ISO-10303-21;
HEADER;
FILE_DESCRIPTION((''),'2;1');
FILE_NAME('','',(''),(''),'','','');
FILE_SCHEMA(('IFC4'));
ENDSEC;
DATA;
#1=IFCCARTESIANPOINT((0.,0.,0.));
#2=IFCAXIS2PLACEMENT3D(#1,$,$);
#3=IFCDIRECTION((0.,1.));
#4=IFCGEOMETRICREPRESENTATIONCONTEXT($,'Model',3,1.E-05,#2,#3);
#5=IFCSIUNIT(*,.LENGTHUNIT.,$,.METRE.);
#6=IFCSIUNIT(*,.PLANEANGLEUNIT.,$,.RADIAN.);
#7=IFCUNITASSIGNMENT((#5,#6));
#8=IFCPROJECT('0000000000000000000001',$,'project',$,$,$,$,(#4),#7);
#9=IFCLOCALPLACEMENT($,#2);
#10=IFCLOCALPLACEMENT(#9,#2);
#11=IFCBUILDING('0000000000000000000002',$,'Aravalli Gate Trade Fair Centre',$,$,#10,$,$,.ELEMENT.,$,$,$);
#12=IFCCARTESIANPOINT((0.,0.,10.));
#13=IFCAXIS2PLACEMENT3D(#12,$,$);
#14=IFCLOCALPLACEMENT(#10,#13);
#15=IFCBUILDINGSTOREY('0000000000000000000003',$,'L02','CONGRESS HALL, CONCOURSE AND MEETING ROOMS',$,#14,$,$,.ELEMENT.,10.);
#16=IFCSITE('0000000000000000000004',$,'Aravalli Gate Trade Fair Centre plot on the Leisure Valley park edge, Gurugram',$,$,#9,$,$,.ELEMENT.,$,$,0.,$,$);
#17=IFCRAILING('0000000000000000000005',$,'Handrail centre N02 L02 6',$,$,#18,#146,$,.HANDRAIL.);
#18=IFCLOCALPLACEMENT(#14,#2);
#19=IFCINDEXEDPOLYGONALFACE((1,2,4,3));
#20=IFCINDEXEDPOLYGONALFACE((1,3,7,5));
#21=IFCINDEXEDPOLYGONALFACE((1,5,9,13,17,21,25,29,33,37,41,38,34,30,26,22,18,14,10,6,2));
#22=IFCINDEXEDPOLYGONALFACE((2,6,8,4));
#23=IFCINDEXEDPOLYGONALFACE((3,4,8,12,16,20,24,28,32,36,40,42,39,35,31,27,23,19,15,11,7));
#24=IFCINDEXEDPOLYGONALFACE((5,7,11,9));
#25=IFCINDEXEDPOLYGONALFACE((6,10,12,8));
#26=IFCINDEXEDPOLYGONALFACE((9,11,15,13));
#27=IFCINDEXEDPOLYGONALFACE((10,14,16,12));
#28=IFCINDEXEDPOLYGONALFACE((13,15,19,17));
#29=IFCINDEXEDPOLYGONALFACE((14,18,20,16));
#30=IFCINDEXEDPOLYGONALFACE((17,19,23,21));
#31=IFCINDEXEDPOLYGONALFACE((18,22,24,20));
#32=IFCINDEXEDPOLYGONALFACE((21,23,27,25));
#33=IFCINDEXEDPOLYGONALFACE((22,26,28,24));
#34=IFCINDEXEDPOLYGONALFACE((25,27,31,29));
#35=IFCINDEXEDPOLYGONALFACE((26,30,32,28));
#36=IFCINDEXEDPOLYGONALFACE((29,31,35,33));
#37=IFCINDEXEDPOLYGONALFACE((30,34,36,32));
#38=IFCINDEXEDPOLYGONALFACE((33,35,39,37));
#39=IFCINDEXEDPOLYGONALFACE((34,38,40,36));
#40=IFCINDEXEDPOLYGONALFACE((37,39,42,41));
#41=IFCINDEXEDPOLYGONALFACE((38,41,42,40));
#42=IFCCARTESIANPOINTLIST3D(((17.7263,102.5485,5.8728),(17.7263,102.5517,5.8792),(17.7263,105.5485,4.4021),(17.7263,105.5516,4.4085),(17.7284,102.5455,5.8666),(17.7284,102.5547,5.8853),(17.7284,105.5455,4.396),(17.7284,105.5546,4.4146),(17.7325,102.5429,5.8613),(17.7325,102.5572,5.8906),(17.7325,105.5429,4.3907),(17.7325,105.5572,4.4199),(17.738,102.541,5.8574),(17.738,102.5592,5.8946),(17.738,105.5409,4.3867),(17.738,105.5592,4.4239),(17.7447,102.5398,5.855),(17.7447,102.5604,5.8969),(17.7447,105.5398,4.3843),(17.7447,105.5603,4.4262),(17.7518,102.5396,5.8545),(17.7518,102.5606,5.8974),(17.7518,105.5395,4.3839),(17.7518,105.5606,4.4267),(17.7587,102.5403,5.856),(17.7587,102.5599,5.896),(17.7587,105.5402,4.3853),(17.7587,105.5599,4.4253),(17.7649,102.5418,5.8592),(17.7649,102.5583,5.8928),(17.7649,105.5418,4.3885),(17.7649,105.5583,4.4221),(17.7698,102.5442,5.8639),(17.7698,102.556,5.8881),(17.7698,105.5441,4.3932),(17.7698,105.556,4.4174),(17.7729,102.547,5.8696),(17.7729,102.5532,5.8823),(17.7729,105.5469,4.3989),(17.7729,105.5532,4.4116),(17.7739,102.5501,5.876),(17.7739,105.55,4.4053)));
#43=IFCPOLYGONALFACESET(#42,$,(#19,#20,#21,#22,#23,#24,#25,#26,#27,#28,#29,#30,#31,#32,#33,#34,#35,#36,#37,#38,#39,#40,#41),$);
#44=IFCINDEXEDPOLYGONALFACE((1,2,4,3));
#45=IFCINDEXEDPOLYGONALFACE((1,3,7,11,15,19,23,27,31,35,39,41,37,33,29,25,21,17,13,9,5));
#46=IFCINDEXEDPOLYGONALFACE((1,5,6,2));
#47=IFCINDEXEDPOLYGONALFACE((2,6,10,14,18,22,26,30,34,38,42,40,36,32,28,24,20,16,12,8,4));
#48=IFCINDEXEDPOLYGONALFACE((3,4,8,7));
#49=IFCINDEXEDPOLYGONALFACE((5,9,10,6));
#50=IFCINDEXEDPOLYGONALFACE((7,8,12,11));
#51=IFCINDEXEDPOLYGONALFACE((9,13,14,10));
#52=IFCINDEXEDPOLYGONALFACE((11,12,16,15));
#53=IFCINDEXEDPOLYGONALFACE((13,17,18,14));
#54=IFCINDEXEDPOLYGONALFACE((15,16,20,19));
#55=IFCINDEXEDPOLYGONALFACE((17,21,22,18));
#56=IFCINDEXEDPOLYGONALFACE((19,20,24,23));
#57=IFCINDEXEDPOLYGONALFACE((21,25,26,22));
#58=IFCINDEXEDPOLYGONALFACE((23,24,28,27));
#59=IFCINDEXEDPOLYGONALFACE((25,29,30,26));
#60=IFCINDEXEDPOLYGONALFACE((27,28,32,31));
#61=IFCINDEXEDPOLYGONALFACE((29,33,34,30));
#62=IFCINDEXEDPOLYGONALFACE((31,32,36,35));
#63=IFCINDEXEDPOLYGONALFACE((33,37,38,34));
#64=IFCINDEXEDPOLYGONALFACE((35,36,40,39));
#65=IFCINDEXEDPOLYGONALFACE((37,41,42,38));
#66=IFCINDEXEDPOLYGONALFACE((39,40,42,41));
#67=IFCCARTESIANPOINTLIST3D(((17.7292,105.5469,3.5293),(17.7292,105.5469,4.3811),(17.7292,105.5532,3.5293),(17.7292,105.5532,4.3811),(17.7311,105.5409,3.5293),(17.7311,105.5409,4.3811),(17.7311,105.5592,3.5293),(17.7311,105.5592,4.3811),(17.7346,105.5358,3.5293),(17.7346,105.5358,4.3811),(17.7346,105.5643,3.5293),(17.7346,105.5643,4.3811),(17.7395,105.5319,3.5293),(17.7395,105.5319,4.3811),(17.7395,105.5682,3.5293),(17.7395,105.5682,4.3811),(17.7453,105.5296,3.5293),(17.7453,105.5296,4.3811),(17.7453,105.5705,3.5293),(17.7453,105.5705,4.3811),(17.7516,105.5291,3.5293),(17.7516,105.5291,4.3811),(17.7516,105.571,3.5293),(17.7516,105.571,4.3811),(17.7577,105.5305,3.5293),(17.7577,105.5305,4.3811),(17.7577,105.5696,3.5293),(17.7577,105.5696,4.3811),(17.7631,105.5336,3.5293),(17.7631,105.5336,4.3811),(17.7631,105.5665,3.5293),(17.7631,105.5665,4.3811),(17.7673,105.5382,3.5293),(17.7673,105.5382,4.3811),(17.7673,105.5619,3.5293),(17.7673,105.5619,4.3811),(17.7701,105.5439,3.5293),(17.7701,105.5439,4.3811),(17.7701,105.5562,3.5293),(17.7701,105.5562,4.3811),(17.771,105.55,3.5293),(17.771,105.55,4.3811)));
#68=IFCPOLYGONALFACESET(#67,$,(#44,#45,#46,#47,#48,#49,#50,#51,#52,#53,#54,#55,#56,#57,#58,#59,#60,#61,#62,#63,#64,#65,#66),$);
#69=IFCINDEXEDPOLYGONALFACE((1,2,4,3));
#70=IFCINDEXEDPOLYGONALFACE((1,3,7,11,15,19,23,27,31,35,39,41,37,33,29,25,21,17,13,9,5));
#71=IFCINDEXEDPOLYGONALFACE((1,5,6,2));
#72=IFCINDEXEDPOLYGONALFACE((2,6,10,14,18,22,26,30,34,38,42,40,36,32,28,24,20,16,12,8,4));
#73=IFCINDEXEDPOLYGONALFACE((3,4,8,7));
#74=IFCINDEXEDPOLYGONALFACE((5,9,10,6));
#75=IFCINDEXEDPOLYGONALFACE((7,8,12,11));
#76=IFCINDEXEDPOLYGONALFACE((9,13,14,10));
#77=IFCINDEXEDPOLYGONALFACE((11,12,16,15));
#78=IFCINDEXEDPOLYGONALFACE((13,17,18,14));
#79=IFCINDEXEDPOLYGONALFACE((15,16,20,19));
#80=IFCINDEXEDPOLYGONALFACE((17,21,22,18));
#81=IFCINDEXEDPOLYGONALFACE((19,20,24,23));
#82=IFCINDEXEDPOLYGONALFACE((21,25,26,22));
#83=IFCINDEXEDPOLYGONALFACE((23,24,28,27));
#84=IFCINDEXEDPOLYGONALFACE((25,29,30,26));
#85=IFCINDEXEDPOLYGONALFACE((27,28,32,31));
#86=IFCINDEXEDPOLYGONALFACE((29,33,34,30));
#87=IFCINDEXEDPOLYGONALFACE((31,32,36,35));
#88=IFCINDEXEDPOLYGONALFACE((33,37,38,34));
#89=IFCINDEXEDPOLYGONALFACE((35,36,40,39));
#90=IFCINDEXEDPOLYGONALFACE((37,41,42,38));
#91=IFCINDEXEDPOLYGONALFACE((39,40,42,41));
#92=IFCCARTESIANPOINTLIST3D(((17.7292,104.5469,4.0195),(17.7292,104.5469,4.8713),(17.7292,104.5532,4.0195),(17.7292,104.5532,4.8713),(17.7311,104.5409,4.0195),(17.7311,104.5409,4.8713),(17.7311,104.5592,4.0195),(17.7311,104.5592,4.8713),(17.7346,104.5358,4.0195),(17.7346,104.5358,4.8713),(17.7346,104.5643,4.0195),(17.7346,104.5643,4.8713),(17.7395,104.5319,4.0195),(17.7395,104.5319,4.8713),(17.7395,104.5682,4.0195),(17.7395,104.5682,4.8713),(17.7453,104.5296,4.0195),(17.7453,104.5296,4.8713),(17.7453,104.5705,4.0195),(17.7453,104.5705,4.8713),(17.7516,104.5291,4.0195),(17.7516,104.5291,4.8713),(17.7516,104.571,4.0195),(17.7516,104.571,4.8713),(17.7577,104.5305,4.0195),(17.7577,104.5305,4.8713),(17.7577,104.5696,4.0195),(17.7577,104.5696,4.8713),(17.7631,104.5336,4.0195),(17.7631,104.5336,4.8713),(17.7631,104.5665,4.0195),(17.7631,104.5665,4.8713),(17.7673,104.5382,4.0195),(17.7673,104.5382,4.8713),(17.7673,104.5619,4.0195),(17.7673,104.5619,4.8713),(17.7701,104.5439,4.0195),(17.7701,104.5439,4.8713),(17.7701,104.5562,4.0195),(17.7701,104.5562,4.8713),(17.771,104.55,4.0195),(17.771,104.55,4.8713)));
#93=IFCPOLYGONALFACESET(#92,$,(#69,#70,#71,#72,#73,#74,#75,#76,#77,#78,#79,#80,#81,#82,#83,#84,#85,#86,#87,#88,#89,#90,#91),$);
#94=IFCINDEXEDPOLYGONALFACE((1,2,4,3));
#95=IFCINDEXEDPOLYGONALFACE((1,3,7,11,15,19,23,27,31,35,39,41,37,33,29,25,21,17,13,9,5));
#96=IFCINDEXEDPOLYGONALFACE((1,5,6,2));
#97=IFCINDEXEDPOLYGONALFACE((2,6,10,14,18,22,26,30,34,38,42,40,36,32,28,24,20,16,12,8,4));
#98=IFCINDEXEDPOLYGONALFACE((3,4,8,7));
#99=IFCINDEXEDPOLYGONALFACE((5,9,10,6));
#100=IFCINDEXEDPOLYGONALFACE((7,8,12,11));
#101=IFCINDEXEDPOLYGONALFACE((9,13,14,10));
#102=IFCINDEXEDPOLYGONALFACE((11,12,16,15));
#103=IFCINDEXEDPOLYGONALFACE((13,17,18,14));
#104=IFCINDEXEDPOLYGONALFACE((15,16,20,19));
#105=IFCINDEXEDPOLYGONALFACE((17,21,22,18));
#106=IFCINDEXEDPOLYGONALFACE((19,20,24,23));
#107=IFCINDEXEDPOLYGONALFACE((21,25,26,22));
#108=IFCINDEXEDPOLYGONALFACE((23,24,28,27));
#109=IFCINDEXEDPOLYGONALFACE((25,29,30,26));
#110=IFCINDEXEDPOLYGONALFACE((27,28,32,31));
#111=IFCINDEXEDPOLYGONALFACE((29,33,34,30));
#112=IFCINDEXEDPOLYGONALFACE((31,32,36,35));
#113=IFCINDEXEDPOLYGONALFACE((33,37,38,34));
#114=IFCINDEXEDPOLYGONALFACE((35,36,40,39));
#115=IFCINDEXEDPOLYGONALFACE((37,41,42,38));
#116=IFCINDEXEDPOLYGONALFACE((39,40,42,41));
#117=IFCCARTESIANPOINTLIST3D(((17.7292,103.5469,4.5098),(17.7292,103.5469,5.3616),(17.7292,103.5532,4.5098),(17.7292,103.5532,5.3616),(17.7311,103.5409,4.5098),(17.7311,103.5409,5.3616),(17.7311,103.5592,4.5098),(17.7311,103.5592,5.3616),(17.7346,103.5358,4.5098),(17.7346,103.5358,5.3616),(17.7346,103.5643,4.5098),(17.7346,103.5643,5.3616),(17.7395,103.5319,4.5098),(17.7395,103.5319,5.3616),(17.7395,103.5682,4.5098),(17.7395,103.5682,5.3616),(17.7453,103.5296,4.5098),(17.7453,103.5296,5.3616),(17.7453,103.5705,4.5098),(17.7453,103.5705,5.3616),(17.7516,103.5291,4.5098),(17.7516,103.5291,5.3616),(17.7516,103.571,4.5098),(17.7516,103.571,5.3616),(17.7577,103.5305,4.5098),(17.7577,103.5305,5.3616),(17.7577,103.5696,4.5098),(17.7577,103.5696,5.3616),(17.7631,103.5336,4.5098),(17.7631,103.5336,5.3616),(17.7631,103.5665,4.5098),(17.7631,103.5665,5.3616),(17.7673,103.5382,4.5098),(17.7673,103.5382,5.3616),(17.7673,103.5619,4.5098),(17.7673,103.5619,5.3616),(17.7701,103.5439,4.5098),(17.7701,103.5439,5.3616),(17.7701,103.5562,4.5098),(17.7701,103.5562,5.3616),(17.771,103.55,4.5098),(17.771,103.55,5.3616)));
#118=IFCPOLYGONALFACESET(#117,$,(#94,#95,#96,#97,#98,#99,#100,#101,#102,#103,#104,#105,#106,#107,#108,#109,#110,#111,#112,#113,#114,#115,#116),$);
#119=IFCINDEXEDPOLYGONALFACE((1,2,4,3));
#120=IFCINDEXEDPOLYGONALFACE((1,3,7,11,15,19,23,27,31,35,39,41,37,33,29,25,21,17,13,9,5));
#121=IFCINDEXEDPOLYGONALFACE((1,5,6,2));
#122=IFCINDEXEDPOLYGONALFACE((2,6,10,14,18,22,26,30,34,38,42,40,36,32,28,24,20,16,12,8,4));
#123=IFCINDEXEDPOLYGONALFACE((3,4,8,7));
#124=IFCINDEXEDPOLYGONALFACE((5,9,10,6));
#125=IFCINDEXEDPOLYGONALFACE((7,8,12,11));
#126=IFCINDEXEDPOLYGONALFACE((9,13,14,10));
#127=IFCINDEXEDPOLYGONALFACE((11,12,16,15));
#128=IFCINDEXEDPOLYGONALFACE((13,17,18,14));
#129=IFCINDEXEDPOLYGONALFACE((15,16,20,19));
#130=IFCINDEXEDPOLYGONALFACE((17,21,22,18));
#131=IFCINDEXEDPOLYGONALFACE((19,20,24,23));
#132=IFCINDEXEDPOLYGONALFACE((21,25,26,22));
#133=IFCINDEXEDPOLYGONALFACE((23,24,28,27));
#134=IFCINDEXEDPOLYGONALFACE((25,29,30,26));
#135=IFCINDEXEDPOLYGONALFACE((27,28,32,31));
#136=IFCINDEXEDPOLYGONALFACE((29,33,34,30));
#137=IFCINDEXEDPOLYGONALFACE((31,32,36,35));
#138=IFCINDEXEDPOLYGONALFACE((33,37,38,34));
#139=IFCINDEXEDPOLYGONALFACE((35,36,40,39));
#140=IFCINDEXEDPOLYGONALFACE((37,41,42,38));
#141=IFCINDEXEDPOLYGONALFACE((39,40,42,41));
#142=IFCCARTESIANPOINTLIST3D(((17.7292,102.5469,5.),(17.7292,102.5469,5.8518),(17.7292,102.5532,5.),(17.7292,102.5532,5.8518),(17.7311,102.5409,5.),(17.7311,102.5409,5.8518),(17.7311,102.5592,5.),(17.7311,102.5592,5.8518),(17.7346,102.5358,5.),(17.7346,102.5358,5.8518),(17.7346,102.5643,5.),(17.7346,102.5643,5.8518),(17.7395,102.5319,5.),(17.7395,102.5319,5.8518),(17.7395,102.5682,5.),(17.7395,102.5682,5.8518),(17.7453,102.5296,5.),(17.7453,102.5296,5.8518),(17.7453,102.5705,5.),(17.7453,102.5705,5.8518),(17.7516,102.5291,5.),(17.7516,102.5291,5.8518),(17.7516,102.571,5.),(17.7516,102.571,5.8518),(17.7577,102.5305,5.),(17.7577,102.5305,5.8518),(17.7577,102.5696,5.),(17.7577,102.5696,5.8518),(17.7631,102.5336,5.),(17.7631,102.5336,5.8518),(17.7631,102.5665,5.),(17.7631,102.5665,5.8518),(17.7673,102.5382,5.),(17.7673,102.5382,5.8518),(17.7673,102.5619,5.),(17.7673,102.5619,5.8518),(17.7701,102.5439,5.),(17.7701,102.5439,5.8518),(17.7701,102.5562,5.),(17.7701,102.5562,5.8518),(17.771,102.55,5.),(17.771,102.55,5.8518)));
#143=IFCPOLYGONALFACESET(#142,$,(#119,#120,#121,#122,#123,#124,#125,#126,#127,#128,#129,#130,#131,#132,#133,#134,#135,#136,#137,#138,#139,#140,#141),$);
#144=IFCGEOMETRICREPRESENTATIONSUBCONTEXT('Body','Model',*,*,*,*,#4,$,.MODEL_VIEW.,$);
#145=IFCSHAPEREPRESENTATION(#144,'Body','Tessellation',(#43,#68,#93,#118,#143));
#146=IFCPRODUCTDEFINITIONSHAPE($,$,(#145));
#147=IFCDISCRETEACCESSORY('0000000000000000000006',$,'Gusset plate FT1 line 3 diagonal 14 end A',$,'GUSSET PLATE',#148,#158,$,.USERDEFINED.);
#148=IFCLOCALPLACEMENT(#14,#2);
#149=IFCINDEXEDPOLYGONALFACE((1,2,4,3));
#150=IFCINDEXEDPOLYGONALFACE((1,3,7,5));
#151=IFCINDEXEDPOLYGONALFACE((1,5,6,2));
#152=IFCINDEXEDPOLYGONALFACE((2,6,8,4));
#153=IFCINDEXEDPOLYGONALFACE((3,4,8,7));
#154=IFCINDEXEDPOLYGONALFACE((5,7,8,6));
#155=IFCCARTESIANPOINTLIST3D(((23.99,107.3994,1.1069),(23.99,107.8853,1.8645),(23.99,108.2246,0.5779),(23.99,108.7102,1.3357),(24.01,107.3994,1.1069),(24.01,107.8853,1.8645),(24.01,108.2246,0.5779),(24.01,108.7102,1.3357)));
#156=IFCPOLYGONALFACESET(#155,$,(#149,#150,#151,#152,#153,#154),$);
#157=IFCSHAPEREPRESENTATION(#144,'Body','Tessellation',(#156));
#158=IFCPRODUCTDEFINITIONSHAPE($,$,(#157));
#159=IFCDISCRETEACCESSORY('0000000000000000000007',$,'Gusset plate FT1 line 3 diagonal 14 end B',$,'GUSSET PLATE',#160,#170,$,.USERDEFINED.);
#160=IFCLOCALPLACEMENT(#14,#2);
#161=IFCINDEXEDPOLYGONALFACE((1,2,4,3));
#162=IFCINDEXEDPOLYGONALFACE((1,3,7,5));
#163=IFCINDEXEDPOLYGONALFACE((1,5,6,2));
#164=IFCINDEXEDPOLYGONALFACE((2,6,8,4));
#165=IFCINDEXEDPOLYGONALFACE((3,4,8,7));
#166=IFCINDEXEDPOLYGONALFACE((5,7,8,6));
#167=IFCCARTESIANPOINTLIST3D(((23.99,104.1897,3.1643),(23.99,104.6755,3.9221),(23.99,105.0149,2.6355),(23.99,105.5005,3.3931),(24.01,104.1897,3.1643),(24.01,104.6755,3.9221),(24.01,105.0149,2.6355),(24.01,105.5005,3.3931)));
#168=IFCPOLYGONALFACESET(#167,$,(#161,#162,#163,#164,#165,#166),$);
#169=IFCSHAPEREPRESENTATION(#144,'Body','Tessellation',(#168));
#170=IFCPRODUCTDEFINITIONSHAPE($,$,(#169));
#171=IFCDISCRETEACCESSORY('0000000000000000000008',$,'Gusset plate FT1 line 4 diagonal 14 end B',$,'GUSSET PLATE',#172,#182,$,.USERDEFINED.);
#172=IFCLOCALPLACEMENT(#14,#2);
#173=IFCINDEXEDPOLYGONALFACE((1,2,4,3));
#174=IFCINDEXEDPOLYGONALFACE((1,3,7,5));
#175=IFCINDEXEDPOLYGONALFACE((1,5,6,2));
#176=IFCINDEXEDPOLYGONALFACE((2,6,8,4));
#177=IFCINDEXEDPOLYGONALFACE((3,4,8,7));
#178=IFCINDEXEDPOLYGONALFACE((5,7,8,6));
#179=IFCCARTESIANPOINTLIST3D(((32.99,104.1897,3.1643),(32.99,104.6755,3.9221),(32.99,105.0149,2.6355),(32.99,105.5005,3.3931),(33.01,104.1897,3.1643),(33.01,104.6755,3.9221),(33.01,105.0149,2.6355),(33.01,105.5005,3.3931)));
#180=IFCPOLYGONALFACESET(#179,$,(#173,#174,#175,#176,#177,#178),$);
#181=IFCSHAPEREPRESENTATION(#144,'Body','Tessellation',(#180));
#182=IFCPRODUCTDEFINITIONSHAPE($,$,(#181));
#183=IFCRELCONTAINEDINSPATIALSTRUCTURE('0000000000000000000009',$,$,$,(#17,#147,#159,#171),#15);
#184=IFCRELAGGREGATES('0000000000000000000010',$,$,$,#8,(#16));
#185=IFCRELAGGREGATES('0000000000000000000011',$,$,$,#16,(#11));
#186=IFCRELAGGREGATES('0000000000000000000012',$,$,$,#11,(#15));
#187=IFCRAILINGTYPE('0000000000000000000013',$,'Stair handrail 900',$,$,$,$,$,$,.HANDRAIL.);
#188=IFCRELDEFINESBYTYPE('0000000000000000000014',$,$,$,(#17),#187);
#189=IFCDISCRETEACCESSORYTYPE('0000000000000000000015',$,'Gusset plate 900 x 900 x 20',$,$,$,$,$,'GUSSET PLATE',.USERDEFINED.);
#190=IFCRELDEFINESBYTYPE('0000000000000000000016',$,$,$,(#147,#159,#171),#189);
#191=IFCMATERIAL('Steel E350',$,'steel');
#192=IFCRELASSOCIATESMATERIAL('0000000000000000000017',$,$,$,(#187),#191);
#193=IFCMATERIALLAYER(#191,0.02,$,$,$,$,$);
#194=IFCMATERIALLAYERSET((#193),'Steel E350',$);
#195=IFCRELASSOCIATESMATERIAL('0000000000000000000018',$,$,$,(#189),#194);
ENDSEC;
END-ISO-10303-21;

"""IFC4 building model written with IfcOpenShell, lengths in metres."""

from ifc_helpers import new_model, si_unit, direction, frame, origin, origin_2d, place, context, subcontext, project, spatial, polyline, circle, outline, extrude, material, layer, layer_set, type_object, element, save


model = new_model("IFC4")

# Units and contexts
model_context = context("Model", 3, precision=1e-05, world=origin(), true_north=direction((0.0, 1.0)))
body_context = subcontext(model_context, "Body", "Model", "MODEL_VIEW")
ifc_project = project(units=[si_unit("LENGTHUNIT", "METRE"), si_unit("PLANEANGLEUNIT", "RADIAN")], contexts=[model_context])

# Site, building, storey
site_placement = place(None, origin())
site = spatial("IfcSite", under=ifc_project, at=site_placement, Name="Aravalli Gate Trade Fair Centre plot on the Leisure Valley park edge, Gurugram", CompositionType="ELEMENT", RefElevation=0.0)
building_placement = place(site_placement, origin())
building = spatial("IfcBuilding", under=site, at=building_placement, Name="Aravalli Gate Trade Fair Centre", CompositionType="ELEMENT")
storey_placement = place(building_placement, frame((0.0, 0.0, 10.0)))
storey = spatial("IfcBuildingStorey", under=building, at=storey_placement, Name="L02", Description="CONGRESS HALL, CONCOURSE AND MEETING ROOMS", CompositionType="ELEMENT", Elevation=10.0)

# Shared definitions
ifc_material_1 = material(Name="Steel E350", Category="steel")

# Railing
railing_type_1 = type_object("IfcRailingType", Name="Stair handrail 900", PredefinedType="HANDRAIL", material=ifc_material_1)
railing_1_placement = place(storey_placement, frame((17.75, 105.55, 3.5293)))
element("IfcRailing", 1, at=railing_1_placement, inside=storey, type_object=railing_type_1, Name="Handrail centre N02 L02 6", PredefinedType="HANDRAIL", context=body_context, shape_type="SweptSolid", body=[
    extrude(circle(Radius=0.0239, at=origin_2d()), frame((0.0, 0.0, 0.876), z_axis=(0.0, -0.897907, 0.440185), x_axis=(1.0, 0.0, 0.0)), (0.0, 0.0, 1.0), 3.3411),
    extrude(circle(Radius=0.021, at=origin_2d()), origin(), (0.0, 0.0, 1.0), 0.8518),
    extrude(circle(Radius=0.021, at=origin_2d()), frame((0.0, -1.0, 0.4902)), (0.0, 0.0, 1.0), 0.8518),
    extrude(circle(Radius=0.021, at=origin_2d()), frame((0.0, -2.0, 0.9805)), (0.0, 0.0, 1.0), 0.8518),
    extrude(circle(Radius=0.021, at=origin_2d()), frame((0.0, -3.0, 1.4707)), (0.0, 0.0, 1.0), 0.8518),
])

# Discrete accessories
ifc_layer_1 = layer(ifc_material_1, 0.02)
ifc_layer_set_1 = layer_set([ifc_layer_1], Name="Steel E350")
discrete_accessory_type = type_object("IfcDiscreteAccessoryType", Name="Gusset plate 900 x 900 x 20", ElementType="GUSSET PLATE", PredefinedType="USERDEFINED", material=ifc_layer_set_1)
discrete_accessory_placement = place(storey_placement, frame((24.01, 107.3994, 1.1069), z_axis=(1.0, 0.0, 0.0), x_axis=(0.0, 0.841841, -0.539725)))
element("IfcDiscreteAccessory", 2, at=discrete_accessory_placement, inside=storey, type_object=discrete_accessory_type, Name="Gusset plate FT1 line 3 diagonal 14 end A", ObjectType="GUSSET PLATE", PredefinedType="USERDEFINED", context=body_context, shape_type="SweptSolid", body=[
    extrude(outline(polyline([(0.0, 0.0), (0.9802, 0.0), (0.98, 0.9), (0.0001, 0.9), (0.0, 0.0)])), origin(), (0.0, 0.0, -1.0), 0.02),
])
for number, where, z_axis, x_axis, name in (
    (3, (23.99, 105.0149, 2.6355), (-1.0, 0.0, 0.0), (0.0, -0.841955, 0.539548), "Gusset plate FT1 line 3 diagonal 14 end B"),
    (4, (32.99, 105.0149, 2.6355), (-1.0, 0.0, 0.0), (0.0, -0.841955, 0.539548), "Gusset plate FT1 line 4 diagonal 14 end B"),
):
    element("IfcDiscreteAccessory", number, at=place(storey_placement, frame(where, z_axis=z_axis, x_axis=x_axis)), inside=storey, type_object=discrete_accessory_type, Name=name, ObjectType="GUSSET PLATE", PredefinedType="USERDEFINED", context=body_context, shape_type="SweptSolid", body=[
        extrude(outline(polyline([(0.0, 0.0), (0.9801, 0.0), (0.9799, 0.9002), (-0.0001, 0.8998), (0.0, 0.0)])), origin(), (0.0, 0.0, -1.0), 0.02),
    ])

save(model, "model.ifc")
